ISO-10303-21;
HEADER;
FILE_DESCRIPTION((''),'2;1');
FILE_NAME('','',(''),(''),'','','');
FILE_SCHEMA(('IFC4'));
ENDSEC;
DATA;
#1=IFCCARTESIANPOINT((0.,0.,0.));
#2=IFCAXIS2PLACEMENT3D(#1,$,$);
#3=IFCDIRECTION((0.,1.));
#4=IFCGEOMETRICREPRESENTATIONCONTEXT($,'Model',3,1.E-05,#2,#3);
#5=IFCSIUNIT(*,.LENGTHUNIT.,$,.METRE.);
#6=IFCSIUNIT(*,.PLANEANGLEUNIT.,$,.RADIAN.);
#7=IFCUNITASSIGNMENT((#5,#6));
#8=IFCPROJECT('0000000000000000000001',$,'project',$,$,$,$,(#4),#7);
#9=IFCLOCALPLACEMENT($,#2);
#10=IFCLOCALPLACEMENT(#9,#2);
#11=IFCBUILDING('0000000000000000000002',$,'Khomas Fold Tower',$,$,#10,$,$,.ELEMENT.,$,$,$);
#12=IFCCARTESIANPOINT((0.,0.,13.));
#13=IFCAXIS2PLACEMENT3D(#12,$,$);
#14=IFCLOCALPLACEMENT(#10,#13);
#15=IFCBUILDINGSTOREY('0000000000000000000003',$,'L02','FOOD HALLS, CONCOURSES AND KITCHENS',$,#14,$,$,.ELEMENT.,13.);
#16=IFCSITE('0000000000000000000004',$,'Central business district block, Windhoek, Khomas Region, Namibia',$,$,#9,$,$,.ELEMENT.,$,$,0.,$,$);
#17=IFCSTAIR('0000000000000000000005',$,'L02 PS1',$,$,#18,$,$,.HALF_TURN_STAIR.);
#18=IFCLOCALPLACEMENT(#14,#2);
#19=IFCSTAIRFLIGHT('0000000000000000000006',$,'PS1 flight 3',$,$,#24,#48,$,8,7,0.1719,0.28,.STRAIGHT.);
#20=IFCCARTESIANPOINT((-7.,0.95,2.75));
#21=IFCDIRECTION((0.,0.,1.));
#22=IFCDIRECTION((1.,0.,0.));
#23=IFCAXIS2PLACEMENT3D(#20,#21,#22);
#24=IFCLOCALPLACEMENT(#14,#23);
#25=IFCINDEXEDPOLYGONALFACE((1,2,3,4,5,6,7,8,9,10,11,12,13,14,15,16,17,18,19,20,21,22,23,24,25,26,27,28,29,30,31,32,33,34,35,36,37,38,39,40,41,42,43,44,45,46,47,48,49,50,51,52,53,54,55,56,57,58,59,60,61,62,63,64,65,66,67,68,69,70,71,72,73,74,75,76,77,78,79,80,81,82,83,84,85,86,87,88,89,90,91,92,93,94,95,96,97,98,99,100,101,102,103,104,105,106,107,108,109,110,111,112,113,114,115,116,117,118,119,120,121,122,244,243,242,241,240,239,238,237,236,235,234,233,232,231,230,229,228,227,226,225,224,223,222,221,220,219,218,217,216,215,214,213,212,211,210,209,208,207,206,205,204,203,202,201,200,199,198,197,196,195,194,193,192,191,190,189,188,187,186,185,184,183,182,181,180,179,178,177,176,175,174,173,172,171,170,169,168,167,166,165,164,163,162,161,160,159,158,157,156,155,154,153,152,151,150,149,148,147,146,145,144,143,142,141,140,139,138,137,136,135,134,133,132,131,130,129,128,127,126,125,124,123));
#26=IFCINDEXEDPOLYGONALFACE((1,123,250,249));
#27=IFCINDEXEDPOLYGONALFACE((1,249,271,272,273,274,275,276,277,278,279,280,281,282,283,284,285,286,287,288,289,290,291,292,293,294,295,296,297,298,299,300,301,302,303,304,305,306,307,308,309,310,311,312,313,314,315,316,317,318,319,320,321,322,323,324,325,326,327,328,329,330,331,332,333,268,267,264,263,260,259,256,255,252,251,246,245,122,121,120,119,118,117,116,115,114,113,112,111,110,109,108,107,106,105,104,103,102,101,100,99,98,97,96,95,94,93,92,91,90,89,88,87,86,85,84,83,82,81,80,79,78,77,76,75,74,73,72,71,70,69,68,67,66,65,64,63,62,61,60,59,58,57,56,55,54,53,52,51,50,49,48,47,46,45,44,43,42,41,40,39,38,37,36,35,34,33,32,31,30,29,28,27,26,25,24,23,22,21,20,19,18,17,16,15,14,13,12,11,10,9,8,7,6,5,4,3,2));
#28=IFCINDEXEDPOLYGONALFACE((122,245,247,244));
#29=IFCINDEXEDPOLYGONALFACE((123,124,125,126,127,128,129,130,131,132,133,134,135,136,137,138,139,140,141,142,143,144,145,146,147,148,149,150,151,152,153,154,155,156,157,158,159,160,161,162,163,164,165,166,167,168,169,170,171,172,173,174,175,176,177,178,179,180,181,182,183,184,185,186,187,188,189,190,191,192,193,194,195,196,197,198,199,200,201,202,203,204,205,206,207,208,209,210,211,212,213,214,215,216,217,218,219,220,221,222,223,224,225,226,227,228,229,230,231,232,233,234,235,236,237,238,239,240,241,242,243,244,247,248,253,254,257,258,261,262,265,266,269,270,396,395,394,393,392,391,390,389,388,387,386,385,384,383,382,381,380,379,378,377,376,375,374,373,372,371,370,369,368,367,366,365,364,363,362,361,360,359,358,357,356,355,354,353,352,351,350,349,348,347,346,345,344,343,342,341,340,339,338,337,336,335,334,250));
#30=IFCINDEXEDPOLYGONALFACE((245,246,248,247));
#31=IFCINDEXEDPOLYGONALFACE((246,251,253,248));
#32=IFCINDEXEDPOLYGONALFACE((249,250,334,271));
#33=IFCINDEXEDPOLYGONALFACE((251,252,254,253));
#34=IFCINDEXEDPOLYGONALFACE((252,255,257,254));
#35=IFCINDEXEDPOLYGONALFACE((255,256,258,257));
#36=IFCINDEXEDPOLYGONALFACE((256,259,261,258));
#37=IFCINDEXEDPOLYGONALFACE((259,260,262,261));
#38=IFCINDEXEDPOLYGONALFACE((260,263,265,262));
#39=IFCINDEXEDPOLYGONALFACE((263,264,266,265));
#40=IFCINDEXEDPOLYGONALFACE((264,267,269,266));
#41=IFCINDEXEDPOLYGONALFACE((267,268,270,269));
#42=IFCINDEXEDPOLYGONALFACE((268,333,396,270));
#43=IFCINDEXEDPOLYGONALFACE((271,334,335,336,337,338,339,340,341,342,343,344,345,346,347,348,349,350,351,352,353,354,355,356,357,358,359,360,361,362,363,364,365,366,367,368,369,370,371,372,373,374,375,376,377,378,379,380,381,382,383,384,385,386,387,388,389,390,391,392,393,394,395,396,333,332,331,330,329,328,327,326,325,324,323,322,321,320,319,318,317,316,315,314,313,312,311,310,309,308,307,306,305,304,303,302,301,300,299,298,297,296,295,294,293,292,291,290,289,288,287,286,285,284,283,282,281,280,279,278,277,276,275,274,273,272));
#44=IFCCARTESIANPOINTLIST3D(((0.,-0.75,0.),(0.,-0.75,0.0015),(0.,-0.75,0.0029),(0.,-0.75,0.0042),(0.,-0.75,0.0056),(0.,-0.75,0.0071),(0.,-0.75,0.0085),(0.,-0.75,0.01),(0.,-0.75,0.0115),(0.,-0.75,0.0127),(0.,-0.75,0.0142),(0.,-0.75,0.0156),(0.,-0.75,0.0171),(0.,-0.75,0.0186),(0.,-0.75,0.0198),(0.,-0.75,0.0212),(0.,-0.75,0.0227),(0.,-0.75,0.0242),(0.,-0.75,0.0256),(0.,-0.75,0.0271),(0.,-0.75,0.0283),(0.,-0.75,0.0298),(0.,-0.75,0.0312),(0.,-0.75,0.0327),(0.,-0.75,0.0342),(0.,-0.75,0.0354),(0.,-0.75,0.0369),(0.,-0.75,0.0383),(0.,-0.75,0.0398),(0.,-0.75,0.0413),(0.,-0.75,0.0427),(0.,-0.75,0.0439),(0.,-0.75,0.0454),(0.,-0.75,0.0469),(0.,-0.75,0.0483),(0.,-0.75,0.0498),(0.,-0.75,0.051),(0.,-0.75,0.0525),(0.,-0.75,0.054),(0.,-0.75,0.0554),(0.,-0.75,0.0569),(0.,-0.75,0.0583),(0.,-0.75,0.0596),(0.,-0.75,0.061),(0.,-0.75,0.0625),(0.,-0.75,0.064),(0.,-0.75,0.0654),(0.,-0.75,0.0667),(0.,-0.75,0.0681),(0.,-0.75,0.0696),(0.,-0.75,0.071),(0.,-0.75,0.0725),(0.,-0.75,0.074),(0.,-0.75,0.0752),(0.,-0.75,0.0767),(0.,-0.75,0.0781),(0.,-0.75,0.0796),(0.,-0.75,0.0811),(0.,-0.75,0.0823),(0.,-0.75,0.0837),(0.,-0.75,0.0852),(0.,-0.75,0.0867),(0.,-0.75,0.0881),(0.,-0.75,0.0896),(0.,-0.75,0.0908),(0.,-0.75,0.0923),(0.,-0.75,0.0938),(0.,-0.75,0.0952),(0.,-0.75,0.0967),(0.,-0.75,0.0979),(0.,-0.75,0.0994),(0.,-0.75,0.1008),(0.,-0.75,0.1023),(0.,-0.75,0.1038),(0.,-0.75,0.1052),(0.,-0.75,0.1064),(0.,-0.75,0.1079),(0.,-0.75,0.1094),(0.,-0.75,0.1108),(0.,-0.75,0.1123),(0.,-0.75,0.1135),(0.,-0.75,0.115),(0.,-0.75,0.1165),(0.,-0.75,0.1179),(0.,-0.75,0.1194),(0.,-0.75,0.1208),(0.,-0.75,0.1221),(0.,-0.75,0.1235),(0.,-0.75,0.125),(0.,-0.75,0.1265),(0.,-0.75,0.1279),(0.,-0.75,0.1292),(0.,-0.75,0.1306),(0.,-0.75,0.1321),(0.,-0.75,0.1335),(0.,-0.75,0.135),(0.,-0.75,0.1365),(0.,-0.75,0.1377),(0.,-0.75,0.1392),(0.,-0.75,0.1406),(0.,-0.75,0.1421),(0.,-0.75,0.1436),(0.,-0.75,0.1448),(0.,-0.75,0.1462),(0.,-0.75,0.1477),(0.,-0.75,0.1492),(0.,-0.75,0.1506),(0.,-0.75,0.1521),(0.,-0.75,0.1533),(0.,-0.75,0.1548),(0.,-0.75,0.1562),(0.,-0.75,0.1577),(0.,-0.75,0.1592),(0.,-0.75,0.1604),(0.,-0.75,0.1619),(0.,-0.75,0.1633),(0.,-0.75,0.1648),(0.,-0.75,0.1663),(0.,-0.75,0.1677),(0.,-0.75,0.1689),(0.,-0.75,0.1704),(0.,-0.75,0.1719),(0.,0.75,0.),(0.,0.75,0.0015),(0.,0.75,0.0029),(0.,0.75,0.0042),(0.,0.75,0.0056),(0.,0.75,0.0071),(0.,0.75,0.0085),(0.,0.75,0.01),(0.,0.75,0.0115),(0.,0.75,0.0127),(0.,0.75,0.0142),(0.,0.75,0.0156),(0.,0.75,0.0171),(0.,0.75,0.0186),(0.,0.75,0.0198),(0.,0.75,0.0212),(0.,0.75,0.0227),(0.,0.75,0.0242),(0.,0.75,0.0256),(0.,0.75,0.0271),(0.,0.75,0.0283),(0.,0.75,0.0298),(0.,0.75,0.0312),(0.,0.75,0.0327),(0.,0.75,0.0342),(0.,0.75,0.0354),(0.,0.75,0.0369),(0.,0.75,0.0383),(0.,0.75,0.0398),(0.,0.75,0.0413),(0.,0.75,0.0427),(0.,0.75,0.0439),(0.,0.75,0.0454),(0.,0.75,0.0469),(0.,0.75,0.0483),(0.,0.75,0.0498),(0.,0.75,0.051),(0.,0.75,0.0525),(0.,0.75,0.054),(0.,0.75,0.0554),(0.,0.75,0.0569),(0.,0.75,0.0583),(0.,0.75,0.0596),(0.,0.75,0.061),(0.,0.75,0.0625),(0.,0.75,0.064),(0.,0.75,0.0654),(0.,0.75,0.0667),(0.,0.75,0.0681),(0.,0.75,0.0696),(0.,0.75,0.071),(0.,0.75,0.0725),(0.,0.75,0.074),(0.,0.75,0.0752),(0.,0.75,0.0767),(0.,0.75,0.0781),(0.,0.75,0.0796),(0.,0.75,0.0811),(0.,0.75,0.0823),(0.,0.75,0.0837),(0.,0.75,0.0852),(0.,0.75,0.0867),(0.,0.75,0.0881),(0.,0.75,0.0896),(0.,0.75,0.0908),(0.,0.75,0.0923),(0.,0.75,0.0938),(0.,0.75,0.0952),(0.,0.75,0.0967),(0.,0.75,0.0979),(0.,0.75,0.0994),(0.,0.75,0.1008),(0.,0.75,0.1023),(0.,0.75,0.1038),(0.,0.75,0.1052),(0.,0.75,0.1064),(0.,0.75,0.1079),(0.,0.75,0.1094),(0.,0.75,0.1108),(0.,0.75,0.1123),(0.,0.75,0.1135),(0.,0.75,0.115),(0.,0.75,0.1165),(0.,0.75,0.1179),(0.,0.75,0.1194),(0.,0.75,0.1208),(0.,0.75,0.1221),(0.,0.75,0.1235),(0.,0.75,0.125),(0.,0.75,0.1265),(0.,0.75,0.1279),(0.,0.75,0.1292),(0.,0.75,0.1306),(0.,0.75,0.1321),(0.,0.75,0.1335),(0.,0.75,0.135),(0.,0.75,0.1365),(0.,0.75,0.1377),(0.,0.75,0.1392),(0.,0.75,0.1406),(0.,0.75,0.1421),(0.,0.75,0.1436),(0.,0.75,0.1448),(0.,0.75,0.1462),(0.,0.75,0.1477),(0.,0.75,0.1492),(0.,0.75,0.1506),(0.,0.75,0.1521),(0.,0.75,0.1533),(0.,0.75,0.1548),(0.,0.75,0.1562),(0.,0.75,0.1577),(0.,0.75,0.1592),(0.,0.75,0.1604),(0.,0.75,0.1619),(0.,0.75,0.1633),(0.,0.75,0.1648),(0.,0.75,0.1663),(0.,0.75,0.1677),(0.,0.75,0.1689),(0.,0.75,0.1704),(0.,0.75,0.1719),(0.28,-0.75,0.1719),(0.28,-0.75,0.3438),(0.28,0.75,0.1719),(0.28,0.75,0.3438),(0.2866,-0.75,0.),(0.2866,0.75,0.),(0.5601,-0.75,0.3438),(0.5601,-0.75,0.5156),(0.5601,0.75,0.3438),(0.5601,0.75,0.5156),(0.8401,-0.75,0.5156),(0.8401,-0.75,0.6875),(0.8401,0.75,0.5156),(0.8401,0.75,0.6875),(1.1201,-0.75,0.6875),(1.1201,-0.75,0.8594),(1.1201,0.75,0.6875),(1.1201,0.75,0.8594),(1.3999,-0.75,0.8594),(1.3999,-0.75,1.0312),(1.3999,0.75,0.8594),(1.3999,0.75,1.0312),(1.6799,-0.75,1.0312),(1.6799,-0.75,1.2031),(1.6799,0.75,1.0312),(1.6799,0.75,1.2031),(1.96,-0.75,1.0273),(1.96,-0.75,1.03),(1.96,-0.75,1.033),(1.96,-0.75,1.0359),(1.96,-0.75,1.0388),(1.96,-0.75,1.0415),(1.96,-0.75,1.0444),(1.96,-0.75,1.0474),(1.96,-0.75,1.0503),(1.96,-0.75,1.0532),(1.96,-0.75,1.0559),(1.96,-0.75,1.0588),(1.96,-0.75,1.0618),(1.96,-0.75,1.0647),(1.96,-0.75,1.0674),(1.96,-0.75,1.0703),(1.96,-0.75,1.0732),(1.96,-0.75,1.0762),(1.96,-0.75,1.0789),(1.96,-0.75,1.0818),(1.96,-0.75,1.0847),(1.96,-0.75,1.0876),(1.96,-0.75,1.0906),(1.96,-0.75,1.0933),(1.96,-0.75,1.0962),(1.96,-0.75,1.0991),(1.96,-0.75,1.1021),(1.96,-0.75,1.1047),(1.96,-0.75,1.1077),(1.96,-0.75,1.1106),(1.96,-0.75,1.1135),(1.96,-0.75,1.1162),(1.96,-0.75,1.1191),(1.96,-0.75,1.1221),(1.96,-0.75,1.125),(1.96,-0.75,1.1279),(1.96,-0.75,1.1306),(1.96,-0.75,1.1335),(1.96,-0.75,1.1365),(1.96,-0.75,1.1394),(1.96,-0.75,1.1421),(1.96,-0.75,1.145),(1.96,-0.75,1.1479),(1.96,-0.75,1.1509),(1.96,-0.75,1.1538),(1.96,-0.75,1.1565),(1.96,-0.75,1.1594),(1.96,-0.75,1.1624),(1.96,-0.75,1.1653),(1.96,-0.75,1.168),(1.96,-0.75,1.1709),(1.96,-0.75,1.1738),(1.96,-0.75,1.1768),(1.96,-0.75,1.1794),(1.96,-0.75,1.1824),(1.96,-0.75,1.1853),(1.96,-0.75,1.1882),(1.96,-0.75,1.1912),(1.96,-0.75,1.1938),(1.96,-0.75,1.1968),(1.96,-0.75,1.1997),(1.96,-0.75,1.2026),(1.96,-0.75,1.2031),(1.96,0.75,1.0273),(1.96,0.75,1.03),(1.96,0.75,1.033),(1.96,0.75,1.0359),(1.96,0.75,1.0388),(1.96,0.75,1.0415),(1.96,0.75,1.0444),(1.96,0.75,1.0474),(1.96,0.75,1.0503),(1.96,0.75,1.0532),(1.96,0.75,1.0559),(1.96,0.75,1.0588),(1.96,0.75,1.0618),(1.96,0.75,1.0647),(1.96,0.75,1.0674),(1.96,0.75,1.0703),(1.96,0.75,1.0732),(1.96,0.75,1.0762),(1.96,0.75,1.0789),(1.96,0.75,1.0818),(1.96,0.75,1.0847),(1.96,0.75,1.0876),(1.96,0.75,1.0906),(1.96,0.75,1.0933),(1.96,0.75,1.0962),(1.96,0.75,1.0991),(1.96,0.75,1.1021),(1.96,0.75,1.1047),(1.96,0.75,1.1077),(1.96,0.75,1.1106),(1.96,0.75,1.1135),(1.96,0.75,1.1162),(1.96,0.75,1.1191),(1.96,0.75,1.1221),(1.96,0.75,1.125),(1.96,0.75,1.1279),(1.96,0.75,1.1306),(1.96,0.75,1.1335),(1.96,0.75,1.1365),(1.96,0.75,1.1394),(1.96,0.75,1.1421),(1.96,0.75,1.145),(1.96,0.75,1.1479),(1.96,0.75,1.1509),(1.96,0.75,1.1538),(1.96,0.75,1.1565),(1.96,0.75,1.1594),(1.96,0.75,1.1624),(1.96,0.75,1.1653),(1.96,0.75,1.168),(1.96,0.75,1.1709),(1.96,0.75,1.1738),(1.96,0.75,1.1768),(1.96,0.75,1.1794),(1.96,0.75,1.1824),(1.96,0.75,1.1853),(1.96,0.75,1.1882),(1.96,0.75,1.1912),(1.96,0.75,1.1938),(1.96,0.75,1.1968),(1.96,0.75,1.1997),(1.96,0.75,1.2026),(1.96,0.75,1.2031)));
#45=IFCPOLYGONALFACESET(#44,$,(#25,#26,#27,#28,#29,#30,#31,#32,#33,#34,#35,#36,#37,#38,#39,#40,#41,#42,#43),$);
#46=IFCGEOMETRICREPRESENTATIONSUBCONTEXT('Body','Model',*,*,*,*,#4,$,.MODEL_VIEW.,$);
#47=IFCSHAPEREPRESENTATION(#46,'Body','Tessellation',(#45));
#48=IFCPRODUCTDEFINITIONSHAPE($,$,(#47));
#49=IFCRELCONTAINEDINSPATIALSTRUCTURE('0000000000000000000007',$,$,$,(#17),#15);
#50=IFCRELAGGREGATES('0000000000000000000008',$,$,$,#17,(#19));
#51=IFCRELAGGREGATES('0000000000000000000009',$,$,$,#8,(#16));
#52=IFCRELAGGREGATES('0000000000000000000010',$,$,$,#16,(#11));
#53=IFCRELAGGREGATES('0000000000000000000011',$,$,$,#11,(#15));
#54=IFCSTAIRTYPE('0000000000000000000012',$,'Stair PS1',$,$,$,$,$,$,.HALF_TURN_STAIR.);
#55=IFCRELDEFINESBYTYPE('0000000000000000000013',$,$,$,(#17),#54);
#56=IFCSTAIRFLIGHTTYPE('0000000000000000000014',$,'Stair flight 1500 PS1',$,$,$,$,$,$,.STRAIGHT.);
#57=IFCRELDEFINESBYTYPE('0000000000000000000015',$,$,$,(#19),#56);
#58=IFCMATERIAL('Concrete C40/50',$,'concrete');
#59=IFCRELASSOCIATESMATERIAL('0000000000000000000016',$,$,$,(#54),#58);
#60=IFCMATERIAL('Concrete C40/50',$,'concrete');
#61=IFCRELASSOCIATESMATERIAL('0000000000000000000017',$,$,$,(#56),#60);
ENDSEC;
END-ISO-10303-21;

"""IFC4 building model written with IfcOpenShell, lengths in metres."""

from ifc_helpers import new_model, si_unit, direction, frame, origin, place, context, subcontext, project, spatial, polyline, outline, extrude, source, transform, mapped, material, type_object, element, aggregate, save


model = new_model("IFC4")

# Units and contexts
model_context = context("Model", 3, precision=1e-05, world=origin(), true_north=direction((0.0, 1.0)))
body_context = subcontext(model_context, "Body", "Model", "MODEL_VIEW")
ifc_project = project(units=[si_unit("LENGTHUNIT", "METRE"), si_unit("PLANEANGLEUNIT", "RADIAN")], contexts=[model_context])

# Site, building, storey
site_placement = place(None, origin())
site = spatial("IfcSite", under=ifc_project, at=site_placement, Name="Central business district block, Windhoek, Khomas Region, Namibia", CompositionType="ELEMENT", RefElevation=0.0)
building_placement = place(site_placement, origin())
building = spatial("IfcBuilding", under=site, at=building_placement, Name="Khomas Fold Tower", CompositionType="ELEMENT")
storey_placement = place(building_placement, frame((0.0, 0.0, 13.0)))
storey = spatial("IfcBuildingStorey", under=building, at=storey_placement, Name="L02", Description="FOOD HALLS, CONCOURSES AND KITCHENS", CompositionType="ELEMENT", Elevation=13.0)

# Stair, stair flight
ifc_material_1 = material(Name="Concrete C40/50", Category="concrete")
stair_type = type_object("IfcStairType", Name="Stair PS1", PredefinedType="HALF_TURN_STAIR", material=ifc_material_1)
stair_placement = place(storey_placement, origin())
stair = element("IfcStair", 1, at=stair_placement, inside=storey, type_object=stair_type, Name="L02 PS1", PredefinedType="HALF_TURN_STAIR")
ifc_material_2 = material(Name="Concrete C40/50", Category="concrete")
stair_flight_type = type_object("IfcStairFlightType", Name="Stair flight 1500 PS1", PredefinedType="STRAIGHT", material=ifc_material_2)
shared_shape_1 = source(origin(), body_context, "Body", "SweptSolid", [
    extrude(outline(polyline([(0.0, 0.0), (0.0, 0.0015), (0.0, 0.0029), (0.0, 0.0042), (0.0, 0.0056), (0.0, 0.0071), (0.0, 0.0085), (0.0, 0.01), (0.0, 0.0115), (0.0, 0.0127), (0.0, 0.0142), (0.0, 0.0156), (0.0, 0.0171), (0.0, 0.0186), (0.0, 0.0198), (0.0, 0.0212), (0.0, 0.0227), (0.0, 0.0242), (0.0, 0.0256), (0.0, 0.0271), (0.0, 0.0283), (0.0, 0.0298), (0.0, 0.0312), (0.0, 0.0327), (0.0, 0.0342), (0.0, 0.0354), (0.0, 0.0369), (0.0, 0.0383), (0.0, 0.0398), (0.0, 0.0413), (0.0, 0.0427), (0.0, 0.0439), (0.0, 0.0454), (0.0, 0.0469), (0.0, 0.0483), (0.0, 0.0498), (0.0, 0.051), (0.0, 0.0525), (0.0, 0.054), (0.0, 0.0554), (0.0, 0.0569), (0.0, 0.0583), (0.0, 0.0596), (0.0, 0.061), (0.0, 0.0625), (0.0, 0.064), (0.0, 0.0654), (0.0, 0.0667), (0.0, 0.0681), (0.0, 0.0696), (0.0, 0.071), (0.0, 0.0725), (0.0, 0.074), (0.0, 0.0752), (0.0, 0.0767), (0.0, 0.0781), (0.0, 0.0796), (0.0, 0.0811), (0.0, 0.0823), (0.0, 0.0837), (0.0, 0.0852), (0.0, 0.0867), (0.0, 0.0881), (0.0, 0.0896), (0.0, 0.0908), (0.0, 0.0923), (0.0, 0.0938), (0.0, 0.0952), (0.0, 0.0967), (0.0, 0.0979), (0.0, 0.0994), (0.0, 0.1008), (0.0, 0.1023), (0.0, 0.1038), (0.0, 0.1052), (0.0, 0.1064), (0.0, 0.1079), (0.0, 0.1094), (0.0, 0.1108), (0.0, 0.1123), (0.0, 0.1135), (0.0, 0.115), (0.0, 0.1165), (0.0, 0.1179), (0.0, 0.1194), (0.0, 0.1208), (0.0, 0.1221), (0.0, 0.1235), (0.0, 0.125), (0.0, 0.1265), (0.0, 0.1279), (0.0, 0.1292), (0.0, 0.1306), (0.0, 0.1321), (0.0, 0.1335), (0.0, 0.135), (0.0, 0.1365), (0.0, 0.1377), (0.0, 0.1392), (0.0, 0.1406), (0.0, 0.1421), (0.0, 0.1436), (0.0, 0.1448), (0.0, 0.1462), (0.0, 0.1477), (0.0, 0.1492), (0.0, 0.1506), (0.0, 0.1521), (0.0, 0.1533), (0.0, 0.1548), (0.0, 0.1562), (0.0, 0.1577), (0.0, 0.1592), (0.0, 0.1604), (0.0, 0.1619), (0.0, 0.1633), (0.0, 0.1648), (0.0, 0.1663), (0.0, 0.1677), (0.0, 0.1689), (0.0, 0.1704), (0.0, 0.1719), (0.28, 0.1719), (0.28, 0.3438), (0.5601, 0.3438), (0.5601, 0.5156), (0.8401, 0.5156), (0.8401, 0.6875), (1.1201, 0.6875), (1.1201, 0.8594), (1.3999, 0.8594), (1.3999, 1.0312), (1.6799, 1.0312), (1.6799, 1.2031), (1.96, 1.2031), (1.96, 1.375), (1.96, 1.3721), (1.96, 1.3691), (1.96, 1.3665), (1.96, 1.3635), (1.96, 1.3606), (1.96, 1.3577), (1.96, 1.355), (1.96, 1.3521), (1.96, 1.3491), (1.96, 1.3462), (1.96, 1.3435), (1.96, 1.3406), (1.96, 1.3376), (1.96, 1.3347), (1.96, 1.3318), (1.96, 1.3291), (1.96, 1.3262), (1.96, 1.3232), (1.96, 1.3203), (1.96, 1.3176), (1.96, 1.3147), (1.96, 1.3118), (1.96, 1.3088), (1.96, 1.3059), (1.96, 1.3032), (1.96, 1.3003), (1.96, 1.2974), (1.96, 1.2944), (1.96, 1.2917), (1.96, 1.2888), (1.96, 1.2859), (1.96, 1.283), (1.96, 1.2803), (1.96, 1.2773), (1.96, 1.2744), (1.96, 1.2715), (1.96, 1.2686), (1.96, 1.2659), (1.96, 1.2629), (1.96, 1.26), (1.96, 1.2571), (1.96, 1.2544), (1.96, 1.2515), (1.96, 1.2485), (1.96, 1.2456), (1.96, 1.2427), (1.96, 1.24), (1.96, 1.2371), (1.96, 1.2341), (1.96, 1.2312), (1.96, 1.2285), (1.96, 1.2256), (1.96, 1.2227), (1.96, 1.2197), (1.96, 1.217), (1.96, 1.2141), (1.96, 1.2112), (1.96, 1.2083), (1.96, 1.2053), (1.96, 1.2026), (1.96, 1.1997), (1.96, 1.1968), (1.96, 1.1938), (1.96, 1.1912), (1.96, 1.1882), (1.96, 1.1853), (1.96, 1.1824), (1.96, 1.1794), (1.96, 1.1768), (1.96, 1.1738), (1.96, 1.1709), (1.96, 1.168), (1.96, 1.1653), (1.96, 1.1624), (1.96, 1.1594), (1.96, 1.1565), (1.96, 1.1538), (1.96, 1.1509), (1.96, 1.1479), (1.96, 1.145), (1.96, 1.1421), (1.96, 1.1394), (1.96, 1.1365), (1.96, 1.1335), (1.96, 1.1306), (1.96, 1.1279), (1.96, 1.125), (1.96, 1.1221), (1.96, 1.1191), (1.96, 1.1162), (1.96, 1.1135), (1.96, 1.1106), (1.96, 1.1077), (1.96, 1.1047), (1.96, 1.1021), (1.96, 1.0991), (1.96, 1.0962), (1.96, 1.0933), (1.96, 1.0906), (1.96, 1.0876), (1.96, 1.0847), (1.96, 1.0818), (1.96, 1.0789), (1.96, 1.0762), (1.96, 1.0732), (1.96, 1.0703), (1.96, 1.0674), (1.96, 1.0647), (1.96, 1.0618), (1.96, 1.0588), (1.96, 1.0559), (1.96, 1.0532), (1.96, 1.0503), (1.96, 1.0474), (1.96, 1.0444), (1.96, 1.0415), (1.96, 1.0388), (1.96, 1.0359), (1.96, 1.033), (1.96, 1.03), (1.96, 1.0273), (0.2866, 0.0), (0.0, 0.0)])), frame((0.0, 0.75, 0.0), z_axis=(0.0, -1.0, 0.0), x_axis=(1.0, 0.0, 0.0)), (0.0, 0.0, 1.0), 1.5),
])
stair_flight_1_placement = place(storey_placement, frame((-7.0, 0.95, 2.75), z_axis=(0.0, 0.0, 1.0), x_axis=(1.0, 0.0, 0.0)))
stair_flight_1 = element("IfcStairFlight", 2, at=stair_flight_1_placement, type_object=stair_flight_type, Name="PS1 flight 3", NumberOfRisers=8, NumberOfTreads=7, PredefinedType="STRAIGHT", RiserHeight=0.1719, TreadLength=0.28, context=body_context, shape_type="MappedRepresentation", body=[
    mapped(shared_shape_1, transform((0.0, 0.0, 0.0))),
])
aggregate(stair, [stair_flight_1])

save(model, "model.ifc")
